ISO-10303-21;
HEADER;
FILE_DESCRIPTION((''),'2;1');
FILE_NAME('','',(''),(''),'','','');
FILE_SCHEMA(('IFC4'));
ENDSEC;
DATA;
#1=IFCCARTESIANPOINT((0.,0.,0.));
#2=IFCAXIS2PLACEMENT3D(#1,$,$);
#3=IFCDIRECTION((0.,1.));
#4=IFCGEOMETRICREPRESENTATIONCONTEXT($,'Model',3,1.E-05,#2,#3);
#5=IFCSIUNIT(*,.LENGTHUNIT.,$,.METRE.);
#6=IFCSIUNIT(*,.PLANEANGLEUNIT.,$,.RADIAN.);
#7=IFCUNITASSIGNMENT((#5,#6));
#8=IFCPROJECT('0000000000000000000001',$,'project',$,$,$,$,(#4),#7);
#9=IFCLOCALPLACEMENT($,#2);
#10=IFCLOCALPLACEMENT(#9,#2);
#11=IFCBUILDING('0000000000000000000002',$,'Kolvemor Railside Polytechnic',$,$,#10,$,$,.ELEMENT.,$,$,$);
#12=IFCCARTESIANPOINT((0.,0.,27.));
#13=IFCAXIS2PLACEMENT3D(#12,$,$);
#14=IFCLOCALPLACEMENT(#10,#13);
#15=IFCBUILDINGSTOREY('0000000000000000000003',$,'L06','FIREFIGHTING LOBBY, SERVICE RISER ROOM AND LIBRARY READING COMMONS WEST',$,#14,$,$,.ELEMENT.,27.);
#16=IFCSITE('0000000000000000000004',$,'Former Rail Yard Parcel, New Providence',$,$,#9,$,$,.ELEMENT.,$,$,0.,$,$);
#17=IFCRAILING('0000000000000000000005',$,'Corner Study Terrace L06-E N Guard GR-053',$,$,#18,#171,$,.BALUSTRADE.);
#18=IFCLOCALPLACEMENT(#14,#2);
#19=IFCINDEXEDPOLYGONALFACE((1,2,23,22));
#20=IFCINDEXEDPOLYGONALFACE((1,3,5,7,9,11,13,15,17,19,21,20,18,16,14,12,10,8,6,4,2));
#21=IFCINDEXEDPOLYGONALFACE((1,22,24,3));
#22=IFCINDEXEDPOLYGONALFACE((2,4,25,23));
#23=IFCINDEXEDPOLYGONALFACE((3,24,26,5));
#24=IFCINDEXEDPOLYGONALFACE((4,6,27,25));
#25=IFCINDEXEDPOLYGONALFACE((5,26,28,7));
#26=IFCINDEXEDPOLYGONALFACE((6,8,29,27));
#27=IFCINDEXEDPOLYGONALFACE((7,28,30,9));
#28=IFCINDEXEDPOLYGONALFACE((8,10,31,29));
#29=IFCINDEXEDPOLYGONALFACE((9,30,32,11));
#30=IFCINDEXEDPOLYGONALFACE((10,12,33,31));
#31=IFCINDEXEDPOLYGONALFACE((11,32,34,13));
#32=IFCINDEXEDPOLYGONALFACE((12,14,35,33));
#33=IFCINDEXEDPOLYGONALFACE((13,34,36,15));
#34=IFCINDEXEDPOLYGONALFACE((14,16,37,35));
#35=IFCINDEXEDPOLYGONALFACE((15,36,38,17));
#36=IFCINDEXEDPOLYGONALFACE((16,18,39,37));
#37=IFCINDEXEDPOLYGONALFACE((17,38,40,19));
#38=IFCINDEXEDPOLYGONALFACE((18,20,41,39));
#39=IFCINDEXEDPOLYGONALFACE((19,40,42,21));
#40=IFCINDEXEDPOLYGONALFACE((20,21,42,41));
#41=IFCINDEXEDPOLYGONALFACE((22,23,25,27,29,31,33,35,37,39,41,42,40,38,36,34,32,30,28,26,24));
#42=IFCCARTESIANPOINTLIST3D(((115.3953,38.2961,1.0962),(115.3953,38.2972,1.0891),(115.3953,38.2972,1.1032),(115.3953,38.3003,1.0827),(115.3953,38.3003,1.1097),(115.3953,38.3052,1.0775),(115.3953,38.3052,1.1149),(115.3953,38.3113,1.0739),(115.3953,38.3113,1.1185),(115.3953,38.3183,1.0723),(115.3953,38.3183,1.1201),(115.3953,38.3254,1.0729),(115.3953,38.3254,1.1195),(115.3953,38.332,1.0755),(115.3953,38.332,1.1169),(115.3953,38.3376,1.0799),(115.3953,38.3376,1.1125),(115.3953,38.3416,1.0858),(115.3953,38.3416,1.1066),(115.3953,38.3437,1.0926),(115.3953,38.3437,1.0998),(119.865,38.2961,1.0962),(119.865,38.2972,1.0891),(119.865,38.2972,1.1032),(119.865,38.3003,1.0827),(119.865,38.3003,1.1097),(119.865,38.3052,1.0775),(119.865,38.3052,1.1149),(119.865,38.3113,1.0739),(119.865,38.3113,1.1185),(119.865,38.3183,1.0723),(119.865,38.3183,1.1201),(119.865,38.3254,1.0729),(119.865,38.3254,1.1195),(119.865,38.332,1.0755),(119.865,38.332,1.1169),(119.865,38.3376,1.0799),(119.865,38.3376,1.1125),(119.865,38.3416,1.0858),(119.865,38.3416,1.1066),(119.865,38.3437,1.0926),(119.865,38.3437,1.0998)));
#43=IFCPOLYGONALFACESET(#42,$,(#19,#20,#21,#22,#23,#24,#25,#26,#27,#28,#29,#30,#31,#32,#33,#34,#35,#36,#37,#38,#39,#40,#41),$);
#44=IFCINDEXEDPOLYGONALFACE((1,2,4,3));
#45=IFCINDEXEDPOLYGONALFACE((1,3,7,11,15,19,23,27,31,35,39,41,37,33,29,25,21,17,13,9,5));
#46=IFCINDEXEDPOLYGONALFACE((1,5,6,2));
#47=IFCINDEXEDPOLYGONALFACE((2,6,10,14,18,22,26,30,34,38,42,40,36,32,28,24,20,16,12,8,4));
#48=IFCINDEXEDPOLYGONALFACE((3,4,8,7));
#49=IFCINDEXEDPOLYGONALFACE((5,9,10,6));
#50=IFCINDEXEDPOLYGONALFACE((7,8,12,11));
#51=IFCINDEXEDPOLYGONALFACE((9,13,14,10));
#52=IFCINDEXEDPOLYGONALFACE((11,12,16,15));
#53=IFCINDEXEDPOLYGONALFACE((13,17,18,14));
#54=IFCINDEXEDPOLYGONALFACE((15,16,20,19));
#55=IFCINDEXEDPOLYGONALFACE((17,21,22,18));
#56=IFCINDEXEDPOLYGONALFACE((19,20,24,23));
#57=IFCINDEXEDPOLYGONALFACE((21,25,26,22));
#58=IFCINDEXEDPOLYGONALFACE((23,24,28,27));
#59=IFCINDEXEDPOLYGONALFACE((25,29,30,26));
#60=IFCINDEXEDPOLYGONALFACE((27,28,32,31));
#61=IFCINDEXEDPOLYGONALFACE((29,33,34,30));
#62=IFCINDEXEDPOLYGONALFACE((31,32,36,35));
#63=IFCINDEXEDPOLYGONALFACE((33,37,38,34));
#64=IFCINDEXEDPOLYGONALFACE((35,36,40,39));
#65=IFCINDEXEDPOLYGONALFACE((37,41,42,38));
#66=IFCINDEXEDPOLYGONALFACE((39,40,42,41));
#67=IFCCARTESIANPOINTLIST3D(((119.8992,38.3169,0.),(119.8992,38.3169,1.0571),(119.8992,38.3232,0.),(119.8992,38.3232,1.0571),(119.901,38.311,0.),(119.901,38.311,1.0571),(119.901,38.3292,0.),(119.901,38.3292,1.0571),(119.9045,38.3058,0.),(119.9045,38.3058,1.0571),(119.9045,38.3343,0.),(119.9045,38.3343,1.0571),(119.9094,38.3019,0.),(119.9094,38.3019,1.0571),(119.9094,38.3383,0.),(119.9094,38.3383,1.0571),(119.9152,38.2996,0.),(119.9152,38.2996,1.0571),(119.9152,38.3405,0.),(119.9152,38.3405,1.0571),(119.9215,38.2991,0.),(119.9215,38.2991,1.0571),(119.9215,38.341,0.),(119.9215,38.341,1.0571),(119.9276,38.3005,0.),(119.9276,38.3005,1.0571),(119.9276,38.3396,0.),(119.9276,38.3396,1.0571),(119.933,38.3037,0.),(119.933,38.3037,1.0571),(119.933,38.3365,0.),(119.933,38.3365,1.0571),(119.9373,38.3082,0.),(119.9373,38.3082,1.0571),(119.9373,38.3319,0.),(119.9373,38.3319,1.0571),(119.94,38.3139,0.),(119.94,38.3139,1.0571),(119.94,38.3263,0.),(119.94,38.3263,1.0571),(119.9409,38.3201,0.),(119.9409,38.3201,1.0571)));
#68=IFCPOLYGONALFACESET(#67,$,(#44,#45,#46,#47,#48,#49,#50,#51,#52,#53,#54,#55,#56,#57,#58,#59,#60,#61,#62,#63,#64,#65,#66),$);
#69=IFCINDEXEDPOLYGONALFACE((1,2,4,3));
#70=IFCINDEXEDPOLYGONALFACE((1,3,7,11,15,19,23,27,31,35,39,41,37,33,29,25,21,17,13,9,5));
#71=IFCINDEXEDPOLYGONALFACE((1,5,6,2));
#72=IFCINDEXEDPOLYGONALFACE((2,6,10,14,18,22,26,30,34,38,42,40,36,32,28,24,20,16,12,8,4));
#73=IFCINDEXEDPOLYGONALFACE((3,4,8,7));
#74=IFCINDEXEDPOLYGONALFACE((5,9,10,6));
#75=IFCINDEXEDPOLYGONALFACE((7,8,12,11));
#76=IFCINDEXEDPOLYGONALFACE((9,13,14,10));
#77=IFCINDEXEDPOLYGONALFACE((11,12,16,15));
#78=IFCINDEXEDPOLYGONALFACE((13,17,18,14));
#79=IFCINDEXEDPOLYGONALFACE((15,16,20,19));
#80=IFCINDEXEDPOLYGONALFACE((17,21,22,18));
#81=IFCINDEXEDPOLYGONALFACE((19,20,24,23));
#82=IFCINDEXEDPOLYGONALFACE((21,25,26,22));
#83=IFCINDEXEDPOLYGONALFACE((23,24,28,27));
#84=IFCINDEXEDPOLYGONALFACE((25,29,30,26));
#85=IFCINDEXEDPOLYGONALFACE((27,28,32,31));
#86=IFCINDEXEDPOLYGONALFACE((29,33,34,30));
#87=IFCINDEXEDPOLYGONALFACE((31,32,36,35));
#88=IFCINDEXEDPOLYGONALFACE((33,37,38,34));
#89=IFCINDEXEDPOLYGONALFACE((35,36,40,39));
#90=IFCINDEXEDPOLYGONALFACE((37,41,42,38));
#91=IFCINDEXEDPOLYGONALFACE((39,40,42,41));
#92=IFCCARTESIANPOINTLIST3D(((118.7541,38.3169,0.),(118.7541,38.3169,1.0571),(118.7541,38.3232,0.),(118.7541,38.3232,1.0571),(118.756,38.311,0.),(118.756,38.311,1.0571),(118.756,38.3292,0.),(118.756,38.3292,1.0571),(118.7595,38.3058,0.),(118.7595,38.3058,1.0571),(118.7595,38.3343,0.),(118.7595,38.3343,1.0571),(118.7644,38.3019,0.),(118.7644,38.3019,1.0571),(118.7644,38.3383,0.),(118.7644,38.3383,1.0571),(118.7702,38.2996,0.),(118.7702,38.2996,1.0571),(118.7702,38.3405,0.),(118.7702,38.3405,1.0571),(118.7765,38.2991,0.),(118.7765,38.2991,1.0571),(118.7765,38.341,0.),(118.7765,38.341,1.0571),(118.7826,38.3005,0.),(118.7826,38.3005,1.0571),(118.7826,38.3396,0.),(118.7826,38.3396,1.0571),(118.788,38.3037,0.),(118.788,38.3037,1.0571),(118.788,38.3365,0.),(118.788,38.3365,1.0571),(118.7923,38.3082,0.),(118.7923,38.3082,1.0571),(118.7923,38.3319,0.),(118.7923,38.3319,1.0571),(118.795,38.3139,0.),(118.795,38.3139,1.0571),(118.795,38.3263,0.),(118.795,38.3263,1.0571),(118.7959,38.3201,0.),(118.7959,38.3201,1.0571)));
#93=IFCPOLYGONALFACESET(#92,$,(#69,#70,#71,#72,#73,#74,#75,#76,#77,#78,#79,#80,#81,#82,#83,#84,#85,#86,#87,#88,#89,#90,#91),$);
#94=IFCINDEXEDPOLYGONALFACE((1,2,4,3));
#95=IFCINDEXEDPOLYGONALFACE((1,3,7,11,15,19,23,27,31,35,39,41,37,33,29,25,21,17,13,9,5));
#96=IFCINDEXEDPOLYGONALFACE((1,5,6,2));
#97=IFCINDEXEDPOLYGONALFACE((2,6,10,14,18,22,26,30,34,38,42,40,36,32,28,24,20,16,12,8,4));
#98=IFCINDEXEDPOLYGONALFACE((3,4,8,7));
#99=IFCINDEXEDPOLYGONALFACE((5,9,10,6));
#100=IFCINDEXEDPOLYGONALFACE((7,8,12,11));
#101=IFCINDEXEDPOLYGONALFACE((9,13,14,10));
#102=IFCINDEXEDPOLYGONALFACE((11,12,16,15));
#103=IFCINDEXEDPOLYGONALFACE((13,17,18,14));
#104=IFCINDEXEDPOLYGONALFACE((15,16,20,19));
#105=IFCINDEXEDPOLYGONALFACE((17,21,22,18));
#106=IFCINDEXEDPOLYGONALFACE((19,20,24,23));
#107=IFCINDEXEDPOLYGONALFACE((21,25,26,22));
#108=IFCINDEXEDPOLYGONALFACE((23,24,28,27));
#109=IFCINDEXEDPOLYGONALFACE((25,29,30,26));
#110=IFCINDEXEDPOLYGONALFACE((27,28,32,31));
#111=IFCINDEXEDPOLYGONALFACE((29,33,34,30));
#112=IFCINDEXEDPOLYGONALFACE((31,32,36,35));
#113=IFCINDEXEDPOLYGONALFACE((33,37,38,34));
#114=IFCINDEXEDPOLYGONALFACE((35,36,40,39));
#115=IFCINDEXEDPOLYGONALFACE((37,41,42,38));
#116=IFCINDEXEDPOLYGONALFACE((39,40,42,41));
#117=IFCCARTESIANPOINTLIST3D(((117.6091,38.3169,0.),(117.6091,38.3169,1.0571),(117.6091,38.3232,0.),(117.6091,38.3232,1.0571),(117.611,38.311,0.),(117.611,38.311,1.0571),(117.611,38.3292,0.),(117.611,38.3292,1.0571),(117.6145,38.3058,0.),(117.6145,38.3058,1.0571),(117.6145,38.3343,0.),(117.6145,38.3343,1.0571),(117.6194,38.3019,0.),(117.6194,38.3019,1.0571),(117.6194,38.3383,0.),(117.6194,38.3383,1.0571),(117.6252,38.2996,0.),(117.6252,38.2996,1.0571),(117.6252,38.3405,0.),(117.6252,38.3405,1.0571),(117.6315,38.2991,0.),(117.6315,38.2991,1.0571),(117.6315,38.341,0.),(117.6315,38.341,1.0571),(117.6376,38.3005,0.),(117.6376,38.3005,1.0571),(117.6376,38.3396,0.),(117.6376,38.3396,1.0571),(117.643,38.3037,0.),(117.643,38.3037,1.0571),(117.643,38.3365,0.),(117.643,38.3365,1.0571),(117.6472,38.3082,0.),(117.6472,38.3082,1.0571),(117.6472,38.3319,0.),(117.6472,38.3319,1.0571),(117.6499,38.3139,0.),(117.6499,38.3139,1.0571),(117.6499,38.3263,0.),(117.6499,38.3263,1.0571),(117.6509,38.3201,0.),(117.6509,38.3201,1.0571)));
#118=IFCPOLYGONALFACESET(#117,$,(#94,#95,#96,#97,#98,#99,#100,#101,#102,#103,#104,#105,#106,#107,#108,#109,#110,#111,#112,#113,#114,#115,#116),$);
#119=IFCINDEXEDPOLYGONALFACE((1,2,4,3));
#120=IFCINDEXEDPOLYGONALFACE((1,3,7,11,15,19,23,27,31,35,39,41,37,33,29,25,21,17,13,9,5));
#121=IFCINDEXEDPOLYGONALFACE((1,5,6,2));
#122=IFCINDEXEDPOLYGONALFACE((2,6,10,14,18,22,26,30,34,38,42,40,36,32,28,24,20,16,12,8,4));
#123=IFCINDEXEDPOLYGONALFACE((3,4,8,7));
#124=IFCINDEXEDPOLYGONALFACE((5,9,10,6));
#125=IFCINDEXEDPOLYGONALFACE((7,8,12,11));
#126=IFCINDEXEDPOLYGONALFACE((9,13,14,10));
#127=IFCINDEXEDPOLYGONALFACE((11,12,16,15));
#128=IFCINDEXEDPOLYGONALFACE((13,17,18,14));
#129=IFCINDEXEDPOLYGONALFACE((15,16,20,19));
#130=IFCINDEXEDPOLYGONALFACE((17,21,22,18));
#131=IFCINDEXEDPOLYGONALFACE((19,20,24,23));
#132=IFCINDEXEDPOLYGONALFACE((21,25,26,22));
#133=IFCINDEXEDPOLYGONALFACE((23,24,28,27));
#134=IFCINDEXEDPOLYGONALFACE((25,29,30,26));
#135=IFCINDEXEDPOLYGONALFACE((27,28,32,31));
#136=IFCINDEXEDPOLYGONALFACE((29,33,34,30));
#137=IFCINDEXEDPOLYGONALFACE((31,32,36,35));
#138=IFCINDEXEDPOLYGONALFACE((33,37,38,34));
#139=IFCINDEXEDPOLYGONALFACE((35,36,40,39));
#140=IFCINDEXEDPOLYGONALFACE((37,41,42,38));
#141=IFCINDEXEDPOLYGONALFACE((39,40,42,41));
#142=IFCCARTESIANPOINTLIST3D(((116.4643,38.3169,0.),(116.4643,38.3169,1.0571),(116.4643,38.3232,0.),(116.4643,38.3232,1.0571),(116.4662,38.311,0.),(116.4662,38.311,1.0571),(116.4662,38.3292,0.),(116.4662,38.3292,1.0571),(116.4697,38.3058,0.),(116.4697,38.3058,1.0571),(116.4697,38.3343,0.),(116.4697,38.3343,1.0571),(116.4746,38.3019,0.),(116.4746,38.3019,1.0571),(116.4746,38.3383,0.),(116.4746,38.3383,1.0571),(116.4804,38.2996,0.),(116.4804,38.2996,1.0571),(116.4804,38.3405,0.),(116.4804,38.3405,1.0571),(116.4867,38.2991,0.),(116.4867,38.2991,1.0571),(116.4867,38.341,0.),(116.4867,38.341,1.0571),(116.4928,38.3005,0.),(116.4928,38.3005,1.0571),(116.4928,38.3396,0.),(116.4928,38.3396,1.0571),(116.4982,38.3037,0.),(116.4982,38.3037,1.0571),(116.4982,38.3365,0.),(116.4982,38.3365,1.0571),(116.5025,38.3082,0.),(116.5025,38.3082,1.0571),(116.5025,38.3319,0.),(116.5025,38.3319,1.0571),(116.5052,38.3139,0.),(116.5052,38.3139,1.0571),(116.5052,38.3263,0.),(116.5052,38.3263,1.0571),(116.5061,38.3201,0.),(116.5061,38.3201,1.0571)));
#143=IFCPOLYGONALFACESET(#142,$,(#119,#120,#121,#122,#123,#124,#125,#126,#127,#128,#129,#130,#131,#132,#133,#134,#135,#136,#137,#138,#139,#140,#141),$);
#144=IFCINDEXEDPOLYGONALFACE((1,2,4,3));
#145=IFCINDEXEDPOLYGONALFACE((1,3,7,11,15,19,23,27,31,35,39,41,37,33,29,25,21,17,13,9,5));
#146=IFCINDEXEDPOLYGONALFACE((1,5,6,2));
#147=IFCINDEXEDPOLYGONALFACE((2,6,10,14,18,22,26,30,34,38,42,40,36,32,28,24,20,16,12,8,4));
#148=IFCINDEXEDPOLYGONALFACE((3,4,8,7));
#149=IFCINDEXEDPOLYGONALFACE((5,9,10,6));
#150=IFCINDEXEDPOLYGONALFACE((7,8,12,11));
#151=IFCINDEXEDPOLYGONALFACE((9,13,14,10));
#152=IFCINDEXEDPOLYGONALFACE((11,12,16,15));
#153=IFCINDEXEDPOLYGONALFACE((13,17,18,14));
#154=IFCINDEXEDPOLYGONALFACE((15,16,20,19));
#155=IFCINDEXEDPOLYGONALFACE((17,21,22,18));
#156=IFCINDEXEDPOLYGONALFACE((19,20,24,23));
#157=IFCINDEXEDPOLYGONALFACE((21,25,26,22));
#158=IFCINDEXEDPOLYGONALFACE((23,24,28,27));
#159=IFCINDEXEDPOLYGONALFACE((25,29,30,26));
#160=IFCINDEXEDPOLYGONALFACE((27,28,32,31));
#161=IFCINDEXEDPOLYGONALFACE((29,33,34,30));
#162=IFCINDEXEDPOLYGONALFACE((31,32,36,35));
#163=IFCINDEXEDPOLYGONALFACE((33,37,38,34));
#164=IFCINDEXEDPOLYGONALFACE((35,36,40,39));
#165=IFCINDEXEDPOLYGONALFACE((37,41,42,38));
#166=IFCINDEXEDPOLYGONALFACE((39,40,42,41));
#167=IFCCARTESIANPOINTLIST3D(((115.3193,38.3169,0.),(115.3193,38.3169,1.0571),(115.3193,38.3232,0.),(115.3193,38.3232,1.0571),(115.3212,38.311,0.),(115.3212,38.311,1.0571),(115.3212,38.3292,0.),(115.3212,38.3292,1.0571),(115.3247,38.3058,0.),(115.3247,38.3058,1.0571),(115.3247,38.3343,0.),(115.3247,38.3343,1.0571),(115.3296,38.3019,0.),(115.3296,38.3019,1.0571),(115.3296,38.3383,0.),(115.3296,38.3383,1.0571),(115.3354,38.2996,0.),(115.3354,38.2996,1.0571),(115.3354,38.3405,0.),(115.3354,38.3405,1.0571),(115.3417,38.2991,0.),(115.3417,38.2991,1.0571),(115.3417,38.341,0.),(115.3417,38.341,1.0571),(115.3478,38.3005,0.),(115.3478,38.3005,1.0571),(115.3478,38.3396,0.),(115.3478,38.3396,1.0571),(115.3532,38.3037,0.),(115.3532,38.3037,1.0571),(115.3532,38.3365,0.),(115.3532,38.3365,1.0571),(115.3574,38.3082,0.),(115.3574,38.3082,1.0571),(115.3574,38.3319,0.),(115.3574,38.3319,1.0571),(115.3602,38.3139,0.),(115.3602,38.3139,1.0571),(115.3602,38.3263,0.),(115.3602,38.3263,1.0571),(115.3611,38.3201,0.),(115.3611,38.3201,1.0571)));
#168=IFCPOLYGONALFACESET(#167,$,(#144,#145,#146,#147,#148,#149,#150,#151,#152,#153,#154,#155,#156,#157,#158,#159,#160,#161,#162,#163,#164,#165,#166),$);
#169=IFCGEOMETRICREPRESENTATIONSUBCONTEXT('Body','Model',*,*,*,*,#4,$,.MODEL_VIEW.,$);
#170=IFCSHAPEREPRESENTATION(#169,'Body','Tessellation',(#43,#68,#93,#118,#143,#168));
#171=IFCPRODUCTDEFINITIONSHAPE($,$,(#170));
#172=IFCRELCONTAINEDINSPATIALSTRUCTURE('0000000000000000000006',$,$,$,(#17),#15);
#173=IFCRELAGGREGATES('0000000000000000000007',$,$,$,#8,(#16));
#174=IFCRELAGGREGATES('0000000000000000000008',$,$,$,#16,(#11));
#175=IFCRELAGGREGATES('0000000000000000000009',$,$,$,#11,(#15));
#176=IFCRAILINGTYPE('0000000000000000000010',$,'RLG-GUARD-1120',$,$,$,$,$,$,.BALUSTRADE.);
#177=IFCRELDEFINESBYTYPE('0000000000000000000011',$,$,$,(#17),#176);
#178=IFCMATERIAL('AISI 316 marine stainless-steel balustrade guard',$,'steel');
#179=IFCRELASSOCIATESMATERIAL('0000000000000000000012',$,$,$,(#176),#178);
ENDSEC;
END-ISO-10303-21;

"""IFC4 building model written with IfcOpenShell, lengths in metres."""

from ifc_helpers import new_model, si_unit, direction, frame, origin, origin_2d, place, context, subcontext, project, spatial, circle, extrude, material, type_object, element, save


model = new_model("IFC4")

# Units and contexts
model_context = context("Model", 3, precision=1e-05, world=origin(), true_north=direction((0.0, 1.0)))
body_context = subcontext(model_context, "Body", "Model", "MODEL_VIEW")
ifc_project = project(units=[si_unit("LENGTHUNIT", "METRE"), si_unit("PLANEANGLEUNIT", "RADIAN")], contexts=[model_context])

# Site, building, storey
site_placement = place(None, origin())
site = spatial("IfcSite", under=ifc_project, at=site_placement, Name="Former Rail Yard Parcel, New Providence", CompositionType="ELEMENT", RefElevation=0.0)
building_placement = place(site_placement, origin())
building = spatial("IfcBuilding", under=site, at=building_placement, Name="Kolvemor Railside Polytechnic", CompositionType="ELEMENT")
storey_placement = place(building_placement, frame((0.0, 0.0, 27.0)))
storey = spatial("IfcBuildingStorey", under=building, at=storey_placement, Name="L06", Description="FIREFIGHTING LOBBY, SERVICE RISER ROOM AND LIBRARY READING COMMONS WEST", CompositionType="ELEMENT", Elevation=27.0)

# Railing
ifc_material_1 = material(Name="AISI 316 marine stainless-steel balustrade guard", Category="steel")
railing_type = type_object("IfcRailingType", Name="RLG-GUARD-1120", PredefinedType="BALUSTRADE", material=ifc_material_1)
railing_placement = place(storey_placement, frame((119.9199, 38.3201, 0.0)))
element("IfcRailing", 1, at=railing_placement, inside=storey, type_object=railing_type, Name="Corner Study Terrace L06-E N Guard GR-053", PredefinedType="BALUSTRADE", context=body_context, shape_type="SweptSolid", body=[
    extrude(circle(Radius=0.0239, at=origin_2d()), frame((-0.0549, 0.0, 1.0962), z_axis=(-1.0, 0.0, 0.0), x_axis=(0.0, -1.0, 0.0)), (0.0, 0.0, 1.0), 4.4697),
    extrude(circle(Radius=0.021, at=origin_2d()), origin(), (0.0, 0.0, 1.0), 1.0571),
    extrude(circle(Radius=0.021, at=origin_2d()), frame((-1.145, 0.0, 0.0)), (0.0, 0.0, 1.0), 1.0571),
    extrude(circle(Radius=0.021, at=origin_2d()), frame((-2.29, 0.0, 0.0)), (0.0, 0.0, 1.0), 1.0571),
    extrude(circle(Radius=0.021, at=origin_2d()), frame((-3.4348, 0.0, 0.0)), (0.0, 0.0, 1.0), 1.0571),
    extrude(circle(Radius=0.021, at=origin_2d()), frame((-4.5798, 0.0, 0.0)), (0.0, 0.0, 1.0), 1.0571),
])

save(model, "model.ifc")
